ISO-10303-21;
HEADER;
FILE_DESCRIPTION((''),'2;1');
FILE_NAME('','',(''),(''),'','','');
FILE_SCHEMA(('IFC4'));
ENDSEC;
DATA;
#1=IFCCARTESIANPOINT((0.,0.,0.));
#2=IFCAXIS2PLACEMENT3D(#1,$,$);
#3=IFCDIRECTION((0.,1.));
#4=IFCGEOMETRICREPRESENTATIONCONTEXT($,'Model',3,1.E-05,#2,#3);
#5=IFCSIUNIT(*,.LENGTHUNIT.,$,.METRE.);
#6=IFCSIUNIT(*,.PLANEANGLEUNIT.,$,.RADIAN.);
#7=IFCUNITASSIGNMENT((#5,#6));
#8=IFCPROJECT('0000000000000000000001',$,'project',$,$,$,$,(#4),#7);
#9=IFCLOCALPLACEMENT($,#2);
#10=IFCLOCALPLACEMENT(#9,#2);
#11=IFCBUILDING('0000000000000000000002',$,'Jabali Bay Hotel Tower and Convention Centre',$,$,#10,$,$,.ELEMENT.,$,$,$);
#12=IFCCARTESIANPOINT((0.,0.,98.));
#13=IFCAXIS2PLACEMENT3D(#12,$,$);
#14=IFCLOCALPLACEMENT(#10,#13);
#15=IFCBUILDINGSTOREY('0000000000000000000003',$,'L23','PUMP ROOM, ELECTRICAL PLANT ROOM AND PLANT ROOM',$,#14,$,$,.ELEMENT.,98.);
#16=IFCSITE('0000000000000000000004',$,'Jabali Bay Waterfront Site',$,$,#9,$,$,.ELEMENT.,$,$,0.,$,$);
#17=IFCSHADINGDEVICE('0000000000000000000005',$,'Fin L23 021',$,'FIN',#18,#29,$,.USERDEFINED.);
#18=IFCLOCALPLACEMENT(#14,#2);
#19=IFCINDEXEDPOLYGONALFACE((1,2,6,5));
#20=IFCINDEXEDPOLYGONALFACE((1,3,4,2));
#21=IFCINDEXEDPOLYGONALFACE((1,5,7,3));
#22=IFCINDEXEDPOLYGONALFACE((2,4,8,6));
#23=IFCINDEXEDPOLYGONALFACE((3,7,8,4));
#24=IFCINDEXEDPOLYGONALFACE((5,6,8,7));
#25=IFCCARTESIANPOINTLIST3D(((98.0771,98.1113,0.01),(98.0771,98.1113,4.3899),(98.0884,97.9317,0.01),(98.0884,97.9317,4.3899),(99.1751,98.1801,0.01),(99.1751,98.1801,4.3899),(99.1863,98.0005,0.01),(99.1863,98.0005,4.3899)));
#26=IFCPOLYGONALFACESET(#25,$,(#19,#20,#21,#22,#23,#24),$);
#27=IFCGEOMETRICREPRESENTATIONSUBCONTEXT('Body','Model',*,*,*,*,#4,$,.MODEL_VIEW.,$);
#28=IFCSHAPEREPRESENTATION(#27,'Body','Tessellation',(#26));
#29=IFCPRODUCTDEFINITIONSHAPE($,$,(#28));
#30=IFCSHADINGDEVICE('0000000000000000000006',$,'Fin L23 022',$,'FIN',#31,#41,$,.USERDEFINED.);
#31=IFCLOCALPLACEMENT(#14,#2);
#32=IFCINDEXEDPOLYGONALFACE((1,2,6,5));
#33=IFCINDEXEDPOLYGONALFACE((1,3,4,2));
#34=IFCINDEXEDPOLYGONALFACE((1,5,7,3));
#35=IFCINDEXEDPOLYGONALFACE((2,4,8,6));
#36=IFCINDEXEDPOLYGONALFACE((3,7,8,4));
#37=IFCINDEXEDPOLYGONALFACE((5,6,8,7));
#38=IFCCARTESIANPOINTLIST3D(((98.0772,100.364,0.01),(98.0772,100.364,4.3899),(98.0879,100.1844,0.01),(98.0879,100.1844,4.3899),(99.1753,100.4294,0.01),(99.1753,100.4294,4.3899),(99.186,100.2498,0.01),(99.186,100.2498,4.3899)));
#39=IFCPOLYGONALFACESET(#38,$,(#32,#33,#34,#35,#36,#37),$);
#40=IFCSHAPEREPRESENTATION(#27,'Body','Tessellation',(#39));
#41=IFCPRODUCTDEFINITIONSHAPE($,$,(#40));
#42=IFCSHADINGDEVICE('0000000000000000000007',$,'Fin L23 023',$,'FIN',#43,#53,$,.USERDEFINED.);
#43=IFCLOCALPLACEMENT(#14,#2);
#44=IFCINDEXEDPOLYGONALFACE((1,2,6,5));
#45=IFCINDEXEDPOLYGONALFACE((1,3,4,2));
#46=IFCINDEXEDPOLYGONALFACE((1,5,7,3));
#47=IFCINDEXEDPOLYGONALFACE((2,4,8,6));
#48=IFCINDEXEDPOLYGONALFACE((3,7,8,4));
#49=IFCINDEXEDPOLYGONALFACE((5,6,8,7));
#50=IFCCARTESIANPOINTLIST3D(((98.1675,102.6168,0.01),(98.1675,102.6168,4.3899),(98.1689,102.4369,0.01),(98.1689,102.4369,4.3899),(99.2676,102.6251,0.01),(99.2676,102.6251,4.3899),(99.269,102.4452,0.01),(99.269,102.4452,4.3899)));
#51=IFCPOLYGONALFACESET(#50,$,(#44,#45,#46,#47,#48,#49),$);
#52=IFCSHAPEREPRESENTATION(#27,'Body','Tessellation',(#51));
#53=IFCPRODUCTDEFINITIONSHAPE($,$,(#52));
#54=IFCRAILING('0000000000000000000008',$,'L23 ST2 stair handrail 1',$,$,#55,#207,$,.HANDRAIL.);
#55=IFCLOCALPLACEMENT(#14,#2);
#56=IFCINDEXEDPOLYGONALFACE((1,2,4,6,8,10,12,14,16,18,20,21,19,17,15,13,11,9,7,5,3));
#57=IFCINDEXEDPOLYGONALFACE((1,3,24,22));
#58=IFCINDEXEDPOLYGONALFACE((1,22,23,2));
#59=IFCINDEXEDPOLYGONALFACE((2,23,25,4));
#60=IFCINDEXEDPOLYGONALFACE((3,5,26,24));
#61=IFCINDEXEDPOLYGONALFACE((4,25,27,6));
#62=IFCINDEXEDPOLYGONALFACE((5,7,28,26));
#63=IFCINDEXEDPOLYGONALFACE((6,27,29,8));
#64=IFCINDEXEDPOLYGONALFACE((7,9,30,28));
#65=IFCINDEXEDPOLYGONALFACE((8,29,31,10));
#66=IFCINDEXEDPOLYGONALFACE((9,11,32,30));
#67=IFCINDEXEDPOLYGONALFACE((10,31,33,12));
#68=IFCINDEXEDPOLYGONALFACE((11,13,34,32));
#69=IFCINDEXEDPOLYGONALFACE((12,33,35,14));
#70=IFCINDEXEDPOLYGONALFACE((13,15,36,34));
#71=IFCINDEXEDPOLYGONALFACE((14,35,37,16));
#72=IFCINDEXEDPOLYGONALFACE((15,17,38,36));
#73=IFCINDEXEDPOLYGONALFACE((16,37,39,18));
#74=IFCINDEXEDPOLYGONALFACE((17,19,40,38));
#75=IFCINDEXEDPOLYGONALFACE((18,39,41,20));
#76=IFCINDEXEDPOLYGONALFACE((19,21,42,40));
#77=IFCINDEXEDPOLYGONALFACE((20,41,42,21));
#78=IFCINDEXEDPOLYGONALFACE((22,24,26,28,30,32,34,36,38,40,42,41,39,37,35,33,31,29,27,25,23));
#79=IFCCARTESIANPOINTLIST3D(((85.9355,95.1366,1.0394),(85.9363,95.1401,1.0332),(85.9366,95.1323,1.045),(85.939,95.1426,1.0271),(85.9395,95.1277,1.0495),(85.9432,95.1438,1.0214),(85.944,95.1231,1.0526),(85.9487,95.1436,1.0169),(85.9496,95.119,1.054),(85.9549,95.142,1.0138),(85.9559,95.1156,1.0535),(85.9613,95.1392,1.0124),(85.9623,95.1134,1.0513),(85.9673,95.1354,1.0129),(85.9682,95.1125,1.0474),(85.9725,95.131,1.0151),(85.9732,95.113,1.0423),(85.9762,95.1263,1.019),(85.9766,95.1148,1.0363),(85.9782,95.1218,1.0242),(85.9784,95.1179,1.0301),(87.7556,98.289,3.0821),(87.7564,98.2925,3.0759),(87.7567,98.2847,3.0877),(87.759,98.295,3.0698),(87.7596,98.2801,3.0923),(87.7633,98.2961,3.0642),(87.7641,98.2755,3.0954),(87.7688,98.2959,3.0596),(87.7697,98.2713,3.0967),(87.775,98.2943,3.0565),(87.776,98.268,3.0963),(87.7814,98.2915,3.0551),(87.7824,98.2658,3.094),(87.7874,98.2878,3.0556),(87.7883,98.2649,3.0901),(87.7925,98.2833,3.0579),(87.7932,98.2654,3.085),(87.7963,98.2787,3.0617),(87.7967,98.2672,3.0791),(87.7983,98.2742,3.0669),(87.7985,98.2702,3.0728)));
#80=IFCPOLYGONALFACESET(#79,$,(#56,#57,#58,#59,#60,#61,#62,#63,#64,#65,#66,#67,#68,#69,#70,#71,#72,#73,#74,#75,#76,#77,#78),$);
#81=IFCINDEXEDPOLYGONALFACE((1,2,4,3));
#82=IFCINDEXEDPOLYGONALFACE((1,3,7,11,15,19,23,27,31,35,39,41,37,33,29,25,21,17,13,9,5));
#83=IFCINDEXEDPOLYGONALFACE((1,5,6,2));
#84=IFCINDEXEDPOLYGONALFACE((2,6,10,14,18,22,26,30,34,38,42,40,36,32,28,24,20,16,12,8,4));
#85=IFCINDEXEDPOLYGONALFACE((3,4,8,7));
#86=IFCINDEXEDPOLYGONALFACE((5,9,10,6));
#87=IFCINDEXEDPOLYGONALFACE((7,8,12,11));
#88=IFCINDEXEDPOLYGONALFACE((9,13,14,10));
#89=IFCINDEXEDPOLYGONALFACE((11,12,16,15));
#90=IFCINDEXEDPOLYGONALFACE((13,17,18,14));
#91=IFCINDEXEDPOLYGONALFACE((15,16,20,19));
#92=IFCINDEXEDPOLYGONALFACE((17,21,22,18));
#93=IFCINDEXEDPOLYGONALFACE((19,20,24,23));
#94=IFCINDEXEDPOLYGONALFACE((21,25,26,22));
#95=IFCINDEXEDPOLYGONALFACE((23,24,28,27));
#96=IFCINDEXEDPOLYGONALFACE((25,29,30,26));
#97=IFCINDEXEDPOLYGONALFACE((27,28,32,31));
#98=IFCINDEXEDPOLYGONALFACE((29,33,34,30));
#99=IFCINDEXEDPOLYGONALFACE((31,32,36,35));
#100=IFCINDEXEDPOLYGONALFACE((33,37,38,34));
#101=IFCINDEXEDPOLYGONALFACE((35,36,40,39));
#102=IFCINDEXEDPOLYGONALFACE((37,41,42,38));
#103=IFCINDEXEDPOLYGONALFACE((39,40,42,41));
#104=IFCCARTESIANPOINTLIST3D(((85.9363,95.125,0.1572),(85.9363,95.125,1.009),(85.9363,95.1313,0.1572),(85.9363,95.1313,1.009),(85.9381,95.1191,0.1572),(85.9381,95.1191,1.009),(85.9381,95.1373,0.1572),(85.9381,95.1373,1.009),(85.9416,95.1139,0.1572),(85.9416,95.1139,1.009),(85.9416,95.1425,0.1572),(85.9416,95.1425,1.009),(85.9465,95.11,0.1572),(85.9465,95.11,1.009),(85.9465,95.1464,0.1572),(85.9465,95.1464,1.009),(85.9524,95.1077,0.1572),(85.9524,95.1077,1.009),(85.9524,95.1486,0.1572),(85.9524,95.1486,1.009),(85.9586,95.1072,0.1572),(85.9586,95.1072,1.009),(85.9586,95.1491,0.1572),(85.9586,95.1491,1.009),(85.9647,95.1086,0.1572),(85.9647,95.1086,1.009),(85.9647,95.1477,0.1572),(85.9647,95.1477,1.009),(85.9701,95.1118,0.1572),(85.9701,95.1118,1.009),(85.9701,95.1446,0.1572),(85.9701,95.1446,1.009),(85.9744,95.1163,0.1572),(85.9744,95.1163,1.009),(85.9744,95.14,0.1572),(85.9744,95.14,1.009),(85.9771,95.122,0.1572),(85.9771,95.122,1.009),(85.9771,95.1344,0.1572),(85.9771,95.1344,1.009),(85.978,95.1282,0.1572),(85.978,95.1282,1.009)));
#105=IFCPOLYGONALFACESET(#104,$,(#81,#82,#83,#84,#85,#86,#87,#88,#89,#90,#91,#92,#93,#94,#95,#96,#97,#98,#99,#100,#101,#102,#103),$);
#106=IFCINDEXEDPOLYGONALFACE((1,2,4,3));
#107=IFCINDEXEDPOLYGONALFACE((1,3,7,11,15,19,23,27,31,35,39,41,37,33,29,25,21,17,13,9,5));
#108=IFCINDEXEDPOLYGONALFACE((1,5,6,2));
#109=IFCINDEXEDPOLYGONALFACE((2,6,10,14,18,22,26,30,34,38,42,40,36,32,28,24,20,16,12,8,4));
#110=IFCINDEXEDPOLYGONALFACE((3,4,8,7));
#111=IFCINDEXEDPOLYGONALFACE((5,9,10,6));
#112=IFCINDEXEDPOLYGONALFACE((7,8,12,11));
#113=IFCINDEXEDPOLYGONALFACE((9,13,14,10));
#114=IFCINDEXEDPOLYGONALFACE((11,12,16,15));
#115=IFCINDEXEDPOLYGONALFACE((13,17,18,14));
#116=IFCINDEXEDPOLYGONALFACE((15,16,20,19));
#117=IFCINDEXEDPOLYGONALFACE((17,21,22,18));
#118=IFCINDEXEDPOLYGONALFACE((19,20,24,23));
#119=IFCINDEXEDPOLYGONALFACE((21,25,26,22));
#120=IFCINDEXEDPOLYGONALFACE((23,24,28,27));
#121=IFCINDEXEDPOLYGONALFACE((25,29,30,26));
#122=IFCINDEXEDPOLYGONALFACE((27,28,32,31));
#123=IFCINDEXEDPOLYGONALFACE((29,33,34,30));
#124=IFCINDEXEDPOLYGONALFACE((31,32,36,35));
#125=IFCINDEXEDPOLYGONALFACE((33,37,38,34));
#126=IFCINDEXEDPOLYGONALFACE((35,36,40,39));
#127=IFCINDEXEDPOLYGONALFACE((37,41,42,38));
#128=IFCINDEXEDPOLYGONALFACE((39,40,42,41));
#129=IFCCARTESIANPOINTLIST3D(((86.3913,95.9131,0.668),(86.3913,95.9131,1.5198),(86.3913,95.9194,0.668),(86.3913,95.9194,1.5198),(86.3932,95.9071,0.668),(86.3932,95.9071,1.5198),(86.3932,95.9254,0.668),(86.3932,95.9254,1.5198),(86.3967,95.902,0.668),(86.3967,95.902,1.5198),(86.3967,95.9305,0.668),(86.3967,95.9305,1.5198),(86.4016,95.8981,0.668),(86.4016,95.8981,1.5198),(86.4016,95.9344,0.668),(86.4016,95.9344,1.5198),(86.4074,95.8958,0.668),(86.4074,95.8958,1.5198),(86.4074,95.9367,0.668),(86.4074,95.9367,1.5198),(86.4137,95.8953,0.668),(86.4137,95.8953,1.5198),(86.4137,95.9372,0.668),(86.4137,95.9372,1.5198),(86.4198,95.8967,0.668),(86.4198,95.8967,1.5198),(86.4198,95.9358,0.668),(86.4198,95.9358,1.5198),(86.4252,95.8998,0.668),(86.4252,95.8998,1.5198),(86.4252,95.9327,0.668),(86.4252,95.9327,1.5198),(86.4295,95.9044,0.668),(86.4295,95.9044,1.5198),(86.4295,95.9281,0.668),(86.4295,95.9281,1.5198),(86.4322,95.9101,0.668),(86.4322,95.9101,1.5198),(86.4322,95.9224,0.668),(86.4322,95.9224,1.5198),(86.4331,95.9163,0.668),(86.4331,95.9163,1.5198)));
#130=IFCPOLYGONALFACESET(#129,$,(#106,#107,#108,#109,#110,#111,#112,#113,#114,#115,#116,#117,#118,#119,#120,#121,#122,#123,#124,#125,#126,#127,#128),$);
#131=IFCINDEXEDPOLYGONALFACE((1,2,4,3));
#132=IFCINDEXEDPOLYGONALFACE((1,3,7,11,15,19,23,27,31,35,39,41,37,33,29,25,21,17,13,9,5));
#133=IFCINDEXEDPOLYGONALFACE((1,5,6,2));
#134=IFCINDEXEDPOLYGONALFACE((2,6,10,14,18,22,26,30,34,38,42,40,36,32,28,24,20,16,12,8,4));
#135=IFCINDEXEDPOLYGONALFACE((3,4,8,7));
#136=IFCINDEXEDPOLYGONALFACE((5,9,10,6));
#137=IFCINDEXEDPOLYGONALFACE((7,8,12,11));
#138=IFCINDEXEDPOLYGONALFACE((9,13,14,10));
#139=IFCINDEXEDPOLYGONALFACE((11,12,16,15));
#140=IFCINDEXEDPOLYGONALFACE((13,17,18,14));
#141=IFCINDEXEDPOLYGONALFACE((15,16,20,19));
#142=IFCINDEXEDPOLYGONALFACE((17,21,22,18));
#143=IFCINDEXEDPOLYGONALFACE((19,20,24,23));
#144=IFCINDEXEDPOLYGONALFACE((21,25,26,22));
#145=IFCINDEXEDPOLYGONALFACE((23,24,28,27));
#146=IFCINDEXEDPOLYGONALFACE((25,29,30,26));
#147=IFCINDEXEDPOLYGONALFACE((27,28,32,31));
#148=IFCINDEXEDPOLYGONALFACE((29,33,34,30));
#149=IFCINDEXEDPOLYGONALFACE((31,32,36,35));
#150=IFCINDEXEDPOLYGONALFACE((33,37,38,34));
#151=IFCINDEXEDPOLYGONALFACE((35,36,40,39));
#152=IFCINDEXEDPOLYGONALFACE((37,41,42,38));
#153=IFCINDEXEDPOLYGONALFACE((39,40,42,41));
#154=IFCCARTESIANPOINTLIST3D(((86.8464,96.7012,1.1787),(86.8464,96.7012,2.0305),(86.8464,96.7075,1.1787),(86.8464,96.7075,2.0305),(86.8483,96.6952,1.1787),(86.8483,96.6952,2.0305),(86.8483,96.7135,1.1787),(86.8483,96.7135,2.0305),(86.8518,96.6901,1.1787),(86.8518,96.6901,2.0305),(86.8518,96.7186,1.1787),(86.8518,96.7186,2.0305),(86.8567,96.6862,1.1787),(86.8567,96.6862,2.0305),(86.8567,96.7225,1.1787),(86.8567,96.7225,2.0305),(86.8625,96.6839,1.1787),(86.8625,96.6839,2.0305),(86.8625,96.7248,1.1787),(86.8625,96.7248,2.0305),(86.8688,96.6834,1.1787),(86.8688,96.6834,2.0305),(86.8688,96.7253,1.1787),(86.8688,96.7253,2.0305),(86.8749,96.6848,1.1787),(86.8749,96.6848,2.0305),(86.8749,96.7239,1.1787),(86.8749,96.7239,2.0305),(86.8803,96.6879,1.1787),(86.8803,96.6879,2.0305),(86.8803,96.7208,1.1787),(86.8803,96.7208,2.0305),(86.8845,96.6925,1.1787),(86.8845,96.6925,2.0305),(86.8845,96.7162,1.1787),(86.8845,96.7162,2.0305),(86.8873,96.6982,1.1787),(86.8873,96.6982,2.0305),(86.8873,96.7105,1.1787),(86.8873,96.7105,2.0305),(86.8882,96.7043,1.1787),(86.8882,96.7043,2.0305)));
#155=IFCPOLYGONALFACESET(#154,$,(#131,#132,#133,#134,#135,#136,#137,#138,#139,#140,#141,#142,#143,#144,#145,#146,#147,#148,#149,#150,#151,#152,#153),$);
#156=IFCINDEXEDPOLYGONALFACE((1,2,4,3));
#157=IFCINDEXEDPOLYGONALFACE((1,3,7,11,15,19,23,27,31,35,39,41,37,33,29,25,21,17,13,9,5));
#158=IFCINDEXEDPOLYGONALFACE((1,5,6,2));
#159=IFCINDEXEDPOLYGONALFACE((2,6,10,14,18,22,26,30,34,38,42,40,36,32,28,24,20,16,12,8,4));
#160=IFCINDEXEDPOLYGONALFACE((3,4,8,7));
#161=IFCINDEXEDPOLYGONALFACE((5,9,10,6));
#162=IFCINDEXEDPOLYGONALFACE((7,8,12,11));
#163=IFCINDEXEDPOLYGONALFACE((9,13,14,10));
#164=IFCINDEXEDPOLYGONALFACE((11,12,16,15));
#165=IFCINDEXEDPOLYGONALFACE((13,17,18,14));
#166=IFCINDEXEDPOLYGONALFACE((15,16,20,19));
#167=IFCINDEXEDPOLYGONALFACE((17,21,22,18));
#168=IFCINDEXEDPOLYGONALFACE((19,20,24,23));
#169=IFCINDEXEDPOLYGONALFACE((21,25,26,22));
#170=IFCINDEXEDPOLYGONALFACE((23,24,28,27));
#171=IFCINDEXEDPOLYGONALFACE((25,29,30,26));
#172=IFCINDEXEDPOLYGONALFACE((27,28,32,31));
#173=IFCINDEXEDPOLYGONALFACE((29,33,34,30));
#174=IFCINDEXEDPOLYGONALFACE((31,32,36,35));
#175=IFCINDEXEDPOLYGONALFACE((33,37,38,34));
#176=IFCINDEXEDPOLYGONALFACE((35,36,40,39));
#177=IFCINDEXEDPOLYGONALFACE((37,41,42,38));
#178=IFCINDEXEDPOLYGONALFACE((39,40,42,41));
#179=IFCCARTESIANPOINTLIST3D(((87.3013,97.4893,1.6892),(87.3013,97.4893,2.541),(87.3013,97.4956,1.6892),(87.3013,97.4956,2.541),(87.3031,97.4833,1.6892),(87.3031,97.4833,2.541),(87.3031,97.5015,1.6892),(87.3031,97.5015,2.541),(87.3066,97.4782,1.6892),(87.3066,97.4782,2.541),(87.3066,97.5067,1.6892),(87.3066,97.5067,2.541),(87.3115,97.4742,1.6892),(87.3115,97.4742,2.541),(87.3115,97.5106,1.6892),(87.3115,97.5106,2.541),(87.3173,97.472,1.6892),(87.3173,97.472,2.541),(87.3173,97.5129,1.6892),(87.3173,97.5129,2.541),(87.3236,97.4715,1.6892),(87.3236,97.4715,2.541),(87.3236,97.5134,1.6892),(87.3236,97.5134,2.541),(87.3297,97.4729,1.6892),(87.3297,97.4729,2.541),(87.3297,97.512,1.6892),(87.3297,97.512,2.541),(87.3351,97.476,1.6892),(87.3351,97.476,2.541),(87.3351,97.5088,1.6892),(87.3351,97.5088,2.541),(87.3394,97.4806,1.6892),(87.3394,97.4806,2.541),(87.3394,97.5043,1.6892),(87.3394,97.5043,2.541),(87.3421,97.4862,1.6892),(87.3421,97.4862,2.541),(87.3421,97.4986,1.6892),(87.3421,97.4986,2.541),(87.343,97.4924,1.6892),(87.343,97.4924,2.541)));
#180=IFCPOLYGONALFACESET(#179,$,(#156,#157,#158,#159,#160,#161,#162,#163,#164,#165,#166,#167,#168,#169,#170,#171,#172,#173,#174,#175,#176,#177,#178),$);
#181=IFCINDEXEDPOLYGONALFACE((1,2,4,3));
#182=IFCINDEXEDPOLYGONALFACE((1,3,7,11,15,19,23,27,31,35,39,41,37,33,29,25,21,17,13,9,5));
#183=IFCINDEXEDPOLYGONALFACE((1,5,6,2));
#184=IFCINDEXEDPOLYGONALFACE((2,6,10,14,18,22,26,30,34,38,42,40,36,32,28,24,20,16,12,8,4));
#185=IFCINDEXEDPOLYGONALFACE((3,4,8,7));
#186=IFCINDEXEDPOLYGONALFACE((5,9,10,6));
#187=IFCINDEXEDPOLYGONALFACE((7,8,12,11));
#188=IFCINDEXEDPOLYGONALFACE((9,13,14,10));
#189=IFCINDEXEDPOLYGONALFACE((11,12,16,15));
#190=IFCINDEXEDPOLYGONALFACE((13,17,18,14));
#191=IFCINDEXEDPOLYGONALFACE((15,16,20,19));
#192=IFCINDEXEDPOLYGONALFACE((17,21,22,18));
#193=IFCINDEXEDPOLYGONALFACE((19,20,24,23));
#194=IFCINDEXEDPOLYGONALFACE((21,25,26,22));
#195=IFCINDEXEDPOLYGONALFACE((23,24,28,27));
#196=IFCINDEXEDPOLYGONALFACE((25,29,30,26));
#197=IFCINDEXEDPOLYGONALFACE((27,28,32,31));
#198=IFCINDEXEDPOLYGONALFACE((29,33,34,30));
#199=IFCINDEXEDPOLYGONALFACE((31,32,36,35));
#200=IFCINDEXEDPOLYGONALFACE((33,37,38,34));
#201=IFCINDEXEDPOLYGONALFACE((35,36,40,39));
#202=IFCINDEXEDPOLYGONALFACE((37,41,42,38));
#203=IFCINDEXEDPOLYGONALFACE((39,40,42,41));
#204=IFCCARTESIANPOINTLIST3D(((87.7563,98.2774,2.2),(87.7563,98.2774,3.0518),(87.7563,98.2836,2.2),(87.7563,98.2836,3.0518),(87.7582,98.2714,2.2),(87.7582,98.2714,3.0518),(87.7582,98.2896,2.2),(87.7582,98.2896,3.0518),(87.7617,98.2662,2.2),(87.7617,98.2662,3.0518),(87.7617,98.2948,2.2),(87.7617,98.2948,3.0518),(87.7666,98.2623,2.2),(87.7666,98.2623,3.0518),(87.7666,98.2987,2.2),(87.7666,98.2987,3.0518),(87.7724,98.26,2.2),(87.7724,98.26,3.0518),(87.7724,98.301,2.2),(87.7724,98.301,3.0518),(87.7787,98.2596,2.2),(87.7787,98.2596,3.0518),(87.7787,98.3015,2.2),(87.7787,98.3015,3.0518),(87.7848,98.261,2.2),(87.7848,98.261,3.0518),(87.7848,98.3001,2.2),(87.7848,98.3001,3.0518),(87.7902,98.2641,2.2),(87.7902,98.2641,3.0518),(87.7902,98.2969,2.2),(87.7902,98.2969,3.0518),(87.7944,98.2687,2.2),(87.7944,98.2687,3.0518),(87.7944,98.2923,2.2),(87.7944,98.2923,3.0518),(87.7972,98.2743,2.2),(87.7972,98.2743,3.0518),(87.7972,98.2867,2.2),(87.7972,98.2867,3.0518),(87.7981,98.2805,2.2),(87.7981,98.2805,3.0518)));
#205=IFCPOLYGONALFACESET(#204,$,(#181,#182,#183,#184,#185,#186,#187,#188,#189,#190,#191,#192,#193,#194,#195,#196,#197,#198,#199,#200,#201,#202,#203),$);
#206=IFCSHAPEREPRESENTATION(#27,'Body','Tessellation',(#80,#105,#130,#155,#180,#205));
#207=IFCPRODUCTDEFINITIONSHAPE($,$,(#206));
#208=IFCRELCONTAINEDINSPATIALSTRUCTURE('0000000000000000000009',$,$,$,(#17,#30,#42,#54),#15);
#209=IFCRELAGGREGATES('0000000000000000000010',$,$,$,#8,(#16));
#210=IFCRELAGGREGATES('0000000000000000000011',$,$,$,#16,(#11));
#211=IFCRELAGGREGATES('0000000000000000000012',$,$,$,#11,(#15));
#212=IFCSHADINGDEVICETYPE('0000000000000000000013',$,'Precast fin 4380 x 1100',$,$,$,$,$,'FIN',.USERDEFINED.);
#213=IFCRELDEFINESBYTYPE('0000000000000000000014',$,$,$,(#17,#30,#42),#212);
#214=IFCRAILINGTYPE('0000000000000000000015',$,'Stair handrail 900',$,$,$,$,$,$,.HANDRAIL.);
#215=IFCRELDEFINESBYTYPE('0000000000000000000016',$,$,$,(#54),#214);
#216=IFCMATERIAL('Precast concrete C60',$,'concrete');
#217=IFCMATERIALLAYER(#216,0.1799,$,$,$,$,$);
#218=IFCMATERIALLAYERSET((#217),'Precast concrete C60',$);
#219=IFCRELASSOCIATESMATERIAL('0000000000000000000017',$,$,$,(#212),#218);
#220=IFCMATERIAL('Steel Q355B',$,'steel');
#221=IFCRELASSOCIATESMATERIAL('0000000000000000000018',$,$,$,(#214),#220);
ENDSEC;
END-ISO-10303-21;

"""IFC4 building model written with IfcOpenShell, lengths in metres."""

from ifc_helpers import new_model, si_unit, direction, frame, frame_2d, origin, origin_2d, place, context, subcontext, project, spatial, rectangle, circle, extrude, material, layer, layer_set, type_object, element, save


model = new_model("IFC4")

# Units and contexts
model_context = context("Model", 3, precision=1e-05, world=origin(), true_north=direction((0.0, 1.0)))
body_context = subcontext(model_context, "Body", "Model", "MODEL_VIEW")
ifc_project = project(units=[si_unit("LENGTHUNIT", "METRE"), si_unit("PLANEANGLEUNIT", "RADIAN")], contexts=[model_context])

# Site, building, storey
site_placement = place(None, origin())
site = spatial("IfcSite", under=ifc_project, at=site_placement, Name="Jabali Bay Waterfront Site", CompositionType="ELEMENT", RefElevation=0.0)
building_placement = place(site_placement, origin())
building = spatial("IfcBuilding", under=site, at=building_placement, Name="Jabali Bay Hotel Tower and Convention Centre", CompositionType="ELEMENT")
storey_placement = place(building_placement, frame((0.0, 0.0, 98.0)))
storey = spatial("IfcBuildingStorey", under=building, at=storey_placement, Name="L23", Description="PUMP ROOM, ELECTRICAL PLANT ROOM AND PLANT ROOM", CompositionType="ELEMENT", Elevation=98.0)

# Shading devices
ifc_material_1 = material(Name="Precast concrete C60", Category="concrete")
ifc_layer_1 = layer(ifc_material_1, 0.1799)
ifc_layer_set_1 = layer_set([ifc_layer_1], Name="Precast concrete C60")
shading_device_type = type_object("IfcShadingDeviceType", Name="Precast fin 4380 x 1100", ElementType="FIN", PredefinedType="USERDEFINED", material=ifc_layer_set_1)
for number, where, z_axis, x_axis, name in (
    (1, (98.0828, 98.0215, 0.01), (0.0, 0.0, 1.0), (0.99804, 0.062586, 0.0), "Fin L23 021"),
    (2, (98.0825, 100.2742, 0.01), (0.0, 0.0, 1.0), (0.99823, 0.059477, 0.0), "Fin L23 022"),
    (3, (98.1682, 102.5269, 0.01), (0.0, 0.0, 1.0), (0.999972, 0.007545, 0.0), "Fin L23 023"),
):
    element("IfcShadingDevice", number, at=place(storey_placement, frame(where, z_axis=z_axis, x_axis=x_axis)), inside=storey, type_object=shading_device_type, Name=name, ObjectType="FIN", PredefinedType="USERDEFINED", context=body_context, shape_type="SweptSolid", body=[
        extrude(rectangle(XDim=1.1001, YDim=0.1799, at=frame_2d((0.55, 0.0))), origin(), (0.0, 0.0, 1.0), 4.3799),
    ])

# Railing
ifc_material_2 = material(Name="Steel Q355B", Category="steel")
railing_type_1 = type_object("IfcRailingType", Name="Stair handrail 900", PredefinedType="HANDRAIL", material=ifc_material_2)
railing_1_placement = place(storey_placement, frame((85.957, 95.1282, 0.1572)))
element("IfcRailing", 4, at=railing_1_placement, inside=storey, type_object=railing_type_1, Name="L23 ST2 stair handrail 1", PredefinedType="HANDRAIL", context=body_context, shape_type="SweptSolid", body=[
    extrude(circle(Radius=0.0239, at=origin_2d()), frame((0.0, 0.0, 0.876), z_axis=(0.436044, 0.755225, 0.489387), x_axis=(-0.866018, 0.500013, 0.0)), (0.0, 0.0, 1.0), 4.1741),
    extrude(circle(Radius=0.021, at=origin_2d()), origin(), (0.0, 0.0, 1.0), 0.8518),
    extrude(circle(Radius=0.021, at=origin_2d()), frame((0.4551, 0.7881, 0.5107)), (0.0, 0.0, 1.0), 0.8518),
    extrude(circle(Radius=0.021, at=origin_2d()), frame((0.9102, 1.5762, 1.0215)), (0.0, 0.0, 1.0), 0.8518),
    extrude(circle(Radius=0.021, at=origin_2d()), frame((1.365, 2.3643, 1.532)), (0.0, 0.0, 1.0), 0.8518),
    extrude(circle(Radius=0.021, at=origin_2d()), frame((1.8201, 3.1523, 2.0427)), (0.0, 0.0, 1.0), 0.8518),
])

save(model, "model.ifc")
